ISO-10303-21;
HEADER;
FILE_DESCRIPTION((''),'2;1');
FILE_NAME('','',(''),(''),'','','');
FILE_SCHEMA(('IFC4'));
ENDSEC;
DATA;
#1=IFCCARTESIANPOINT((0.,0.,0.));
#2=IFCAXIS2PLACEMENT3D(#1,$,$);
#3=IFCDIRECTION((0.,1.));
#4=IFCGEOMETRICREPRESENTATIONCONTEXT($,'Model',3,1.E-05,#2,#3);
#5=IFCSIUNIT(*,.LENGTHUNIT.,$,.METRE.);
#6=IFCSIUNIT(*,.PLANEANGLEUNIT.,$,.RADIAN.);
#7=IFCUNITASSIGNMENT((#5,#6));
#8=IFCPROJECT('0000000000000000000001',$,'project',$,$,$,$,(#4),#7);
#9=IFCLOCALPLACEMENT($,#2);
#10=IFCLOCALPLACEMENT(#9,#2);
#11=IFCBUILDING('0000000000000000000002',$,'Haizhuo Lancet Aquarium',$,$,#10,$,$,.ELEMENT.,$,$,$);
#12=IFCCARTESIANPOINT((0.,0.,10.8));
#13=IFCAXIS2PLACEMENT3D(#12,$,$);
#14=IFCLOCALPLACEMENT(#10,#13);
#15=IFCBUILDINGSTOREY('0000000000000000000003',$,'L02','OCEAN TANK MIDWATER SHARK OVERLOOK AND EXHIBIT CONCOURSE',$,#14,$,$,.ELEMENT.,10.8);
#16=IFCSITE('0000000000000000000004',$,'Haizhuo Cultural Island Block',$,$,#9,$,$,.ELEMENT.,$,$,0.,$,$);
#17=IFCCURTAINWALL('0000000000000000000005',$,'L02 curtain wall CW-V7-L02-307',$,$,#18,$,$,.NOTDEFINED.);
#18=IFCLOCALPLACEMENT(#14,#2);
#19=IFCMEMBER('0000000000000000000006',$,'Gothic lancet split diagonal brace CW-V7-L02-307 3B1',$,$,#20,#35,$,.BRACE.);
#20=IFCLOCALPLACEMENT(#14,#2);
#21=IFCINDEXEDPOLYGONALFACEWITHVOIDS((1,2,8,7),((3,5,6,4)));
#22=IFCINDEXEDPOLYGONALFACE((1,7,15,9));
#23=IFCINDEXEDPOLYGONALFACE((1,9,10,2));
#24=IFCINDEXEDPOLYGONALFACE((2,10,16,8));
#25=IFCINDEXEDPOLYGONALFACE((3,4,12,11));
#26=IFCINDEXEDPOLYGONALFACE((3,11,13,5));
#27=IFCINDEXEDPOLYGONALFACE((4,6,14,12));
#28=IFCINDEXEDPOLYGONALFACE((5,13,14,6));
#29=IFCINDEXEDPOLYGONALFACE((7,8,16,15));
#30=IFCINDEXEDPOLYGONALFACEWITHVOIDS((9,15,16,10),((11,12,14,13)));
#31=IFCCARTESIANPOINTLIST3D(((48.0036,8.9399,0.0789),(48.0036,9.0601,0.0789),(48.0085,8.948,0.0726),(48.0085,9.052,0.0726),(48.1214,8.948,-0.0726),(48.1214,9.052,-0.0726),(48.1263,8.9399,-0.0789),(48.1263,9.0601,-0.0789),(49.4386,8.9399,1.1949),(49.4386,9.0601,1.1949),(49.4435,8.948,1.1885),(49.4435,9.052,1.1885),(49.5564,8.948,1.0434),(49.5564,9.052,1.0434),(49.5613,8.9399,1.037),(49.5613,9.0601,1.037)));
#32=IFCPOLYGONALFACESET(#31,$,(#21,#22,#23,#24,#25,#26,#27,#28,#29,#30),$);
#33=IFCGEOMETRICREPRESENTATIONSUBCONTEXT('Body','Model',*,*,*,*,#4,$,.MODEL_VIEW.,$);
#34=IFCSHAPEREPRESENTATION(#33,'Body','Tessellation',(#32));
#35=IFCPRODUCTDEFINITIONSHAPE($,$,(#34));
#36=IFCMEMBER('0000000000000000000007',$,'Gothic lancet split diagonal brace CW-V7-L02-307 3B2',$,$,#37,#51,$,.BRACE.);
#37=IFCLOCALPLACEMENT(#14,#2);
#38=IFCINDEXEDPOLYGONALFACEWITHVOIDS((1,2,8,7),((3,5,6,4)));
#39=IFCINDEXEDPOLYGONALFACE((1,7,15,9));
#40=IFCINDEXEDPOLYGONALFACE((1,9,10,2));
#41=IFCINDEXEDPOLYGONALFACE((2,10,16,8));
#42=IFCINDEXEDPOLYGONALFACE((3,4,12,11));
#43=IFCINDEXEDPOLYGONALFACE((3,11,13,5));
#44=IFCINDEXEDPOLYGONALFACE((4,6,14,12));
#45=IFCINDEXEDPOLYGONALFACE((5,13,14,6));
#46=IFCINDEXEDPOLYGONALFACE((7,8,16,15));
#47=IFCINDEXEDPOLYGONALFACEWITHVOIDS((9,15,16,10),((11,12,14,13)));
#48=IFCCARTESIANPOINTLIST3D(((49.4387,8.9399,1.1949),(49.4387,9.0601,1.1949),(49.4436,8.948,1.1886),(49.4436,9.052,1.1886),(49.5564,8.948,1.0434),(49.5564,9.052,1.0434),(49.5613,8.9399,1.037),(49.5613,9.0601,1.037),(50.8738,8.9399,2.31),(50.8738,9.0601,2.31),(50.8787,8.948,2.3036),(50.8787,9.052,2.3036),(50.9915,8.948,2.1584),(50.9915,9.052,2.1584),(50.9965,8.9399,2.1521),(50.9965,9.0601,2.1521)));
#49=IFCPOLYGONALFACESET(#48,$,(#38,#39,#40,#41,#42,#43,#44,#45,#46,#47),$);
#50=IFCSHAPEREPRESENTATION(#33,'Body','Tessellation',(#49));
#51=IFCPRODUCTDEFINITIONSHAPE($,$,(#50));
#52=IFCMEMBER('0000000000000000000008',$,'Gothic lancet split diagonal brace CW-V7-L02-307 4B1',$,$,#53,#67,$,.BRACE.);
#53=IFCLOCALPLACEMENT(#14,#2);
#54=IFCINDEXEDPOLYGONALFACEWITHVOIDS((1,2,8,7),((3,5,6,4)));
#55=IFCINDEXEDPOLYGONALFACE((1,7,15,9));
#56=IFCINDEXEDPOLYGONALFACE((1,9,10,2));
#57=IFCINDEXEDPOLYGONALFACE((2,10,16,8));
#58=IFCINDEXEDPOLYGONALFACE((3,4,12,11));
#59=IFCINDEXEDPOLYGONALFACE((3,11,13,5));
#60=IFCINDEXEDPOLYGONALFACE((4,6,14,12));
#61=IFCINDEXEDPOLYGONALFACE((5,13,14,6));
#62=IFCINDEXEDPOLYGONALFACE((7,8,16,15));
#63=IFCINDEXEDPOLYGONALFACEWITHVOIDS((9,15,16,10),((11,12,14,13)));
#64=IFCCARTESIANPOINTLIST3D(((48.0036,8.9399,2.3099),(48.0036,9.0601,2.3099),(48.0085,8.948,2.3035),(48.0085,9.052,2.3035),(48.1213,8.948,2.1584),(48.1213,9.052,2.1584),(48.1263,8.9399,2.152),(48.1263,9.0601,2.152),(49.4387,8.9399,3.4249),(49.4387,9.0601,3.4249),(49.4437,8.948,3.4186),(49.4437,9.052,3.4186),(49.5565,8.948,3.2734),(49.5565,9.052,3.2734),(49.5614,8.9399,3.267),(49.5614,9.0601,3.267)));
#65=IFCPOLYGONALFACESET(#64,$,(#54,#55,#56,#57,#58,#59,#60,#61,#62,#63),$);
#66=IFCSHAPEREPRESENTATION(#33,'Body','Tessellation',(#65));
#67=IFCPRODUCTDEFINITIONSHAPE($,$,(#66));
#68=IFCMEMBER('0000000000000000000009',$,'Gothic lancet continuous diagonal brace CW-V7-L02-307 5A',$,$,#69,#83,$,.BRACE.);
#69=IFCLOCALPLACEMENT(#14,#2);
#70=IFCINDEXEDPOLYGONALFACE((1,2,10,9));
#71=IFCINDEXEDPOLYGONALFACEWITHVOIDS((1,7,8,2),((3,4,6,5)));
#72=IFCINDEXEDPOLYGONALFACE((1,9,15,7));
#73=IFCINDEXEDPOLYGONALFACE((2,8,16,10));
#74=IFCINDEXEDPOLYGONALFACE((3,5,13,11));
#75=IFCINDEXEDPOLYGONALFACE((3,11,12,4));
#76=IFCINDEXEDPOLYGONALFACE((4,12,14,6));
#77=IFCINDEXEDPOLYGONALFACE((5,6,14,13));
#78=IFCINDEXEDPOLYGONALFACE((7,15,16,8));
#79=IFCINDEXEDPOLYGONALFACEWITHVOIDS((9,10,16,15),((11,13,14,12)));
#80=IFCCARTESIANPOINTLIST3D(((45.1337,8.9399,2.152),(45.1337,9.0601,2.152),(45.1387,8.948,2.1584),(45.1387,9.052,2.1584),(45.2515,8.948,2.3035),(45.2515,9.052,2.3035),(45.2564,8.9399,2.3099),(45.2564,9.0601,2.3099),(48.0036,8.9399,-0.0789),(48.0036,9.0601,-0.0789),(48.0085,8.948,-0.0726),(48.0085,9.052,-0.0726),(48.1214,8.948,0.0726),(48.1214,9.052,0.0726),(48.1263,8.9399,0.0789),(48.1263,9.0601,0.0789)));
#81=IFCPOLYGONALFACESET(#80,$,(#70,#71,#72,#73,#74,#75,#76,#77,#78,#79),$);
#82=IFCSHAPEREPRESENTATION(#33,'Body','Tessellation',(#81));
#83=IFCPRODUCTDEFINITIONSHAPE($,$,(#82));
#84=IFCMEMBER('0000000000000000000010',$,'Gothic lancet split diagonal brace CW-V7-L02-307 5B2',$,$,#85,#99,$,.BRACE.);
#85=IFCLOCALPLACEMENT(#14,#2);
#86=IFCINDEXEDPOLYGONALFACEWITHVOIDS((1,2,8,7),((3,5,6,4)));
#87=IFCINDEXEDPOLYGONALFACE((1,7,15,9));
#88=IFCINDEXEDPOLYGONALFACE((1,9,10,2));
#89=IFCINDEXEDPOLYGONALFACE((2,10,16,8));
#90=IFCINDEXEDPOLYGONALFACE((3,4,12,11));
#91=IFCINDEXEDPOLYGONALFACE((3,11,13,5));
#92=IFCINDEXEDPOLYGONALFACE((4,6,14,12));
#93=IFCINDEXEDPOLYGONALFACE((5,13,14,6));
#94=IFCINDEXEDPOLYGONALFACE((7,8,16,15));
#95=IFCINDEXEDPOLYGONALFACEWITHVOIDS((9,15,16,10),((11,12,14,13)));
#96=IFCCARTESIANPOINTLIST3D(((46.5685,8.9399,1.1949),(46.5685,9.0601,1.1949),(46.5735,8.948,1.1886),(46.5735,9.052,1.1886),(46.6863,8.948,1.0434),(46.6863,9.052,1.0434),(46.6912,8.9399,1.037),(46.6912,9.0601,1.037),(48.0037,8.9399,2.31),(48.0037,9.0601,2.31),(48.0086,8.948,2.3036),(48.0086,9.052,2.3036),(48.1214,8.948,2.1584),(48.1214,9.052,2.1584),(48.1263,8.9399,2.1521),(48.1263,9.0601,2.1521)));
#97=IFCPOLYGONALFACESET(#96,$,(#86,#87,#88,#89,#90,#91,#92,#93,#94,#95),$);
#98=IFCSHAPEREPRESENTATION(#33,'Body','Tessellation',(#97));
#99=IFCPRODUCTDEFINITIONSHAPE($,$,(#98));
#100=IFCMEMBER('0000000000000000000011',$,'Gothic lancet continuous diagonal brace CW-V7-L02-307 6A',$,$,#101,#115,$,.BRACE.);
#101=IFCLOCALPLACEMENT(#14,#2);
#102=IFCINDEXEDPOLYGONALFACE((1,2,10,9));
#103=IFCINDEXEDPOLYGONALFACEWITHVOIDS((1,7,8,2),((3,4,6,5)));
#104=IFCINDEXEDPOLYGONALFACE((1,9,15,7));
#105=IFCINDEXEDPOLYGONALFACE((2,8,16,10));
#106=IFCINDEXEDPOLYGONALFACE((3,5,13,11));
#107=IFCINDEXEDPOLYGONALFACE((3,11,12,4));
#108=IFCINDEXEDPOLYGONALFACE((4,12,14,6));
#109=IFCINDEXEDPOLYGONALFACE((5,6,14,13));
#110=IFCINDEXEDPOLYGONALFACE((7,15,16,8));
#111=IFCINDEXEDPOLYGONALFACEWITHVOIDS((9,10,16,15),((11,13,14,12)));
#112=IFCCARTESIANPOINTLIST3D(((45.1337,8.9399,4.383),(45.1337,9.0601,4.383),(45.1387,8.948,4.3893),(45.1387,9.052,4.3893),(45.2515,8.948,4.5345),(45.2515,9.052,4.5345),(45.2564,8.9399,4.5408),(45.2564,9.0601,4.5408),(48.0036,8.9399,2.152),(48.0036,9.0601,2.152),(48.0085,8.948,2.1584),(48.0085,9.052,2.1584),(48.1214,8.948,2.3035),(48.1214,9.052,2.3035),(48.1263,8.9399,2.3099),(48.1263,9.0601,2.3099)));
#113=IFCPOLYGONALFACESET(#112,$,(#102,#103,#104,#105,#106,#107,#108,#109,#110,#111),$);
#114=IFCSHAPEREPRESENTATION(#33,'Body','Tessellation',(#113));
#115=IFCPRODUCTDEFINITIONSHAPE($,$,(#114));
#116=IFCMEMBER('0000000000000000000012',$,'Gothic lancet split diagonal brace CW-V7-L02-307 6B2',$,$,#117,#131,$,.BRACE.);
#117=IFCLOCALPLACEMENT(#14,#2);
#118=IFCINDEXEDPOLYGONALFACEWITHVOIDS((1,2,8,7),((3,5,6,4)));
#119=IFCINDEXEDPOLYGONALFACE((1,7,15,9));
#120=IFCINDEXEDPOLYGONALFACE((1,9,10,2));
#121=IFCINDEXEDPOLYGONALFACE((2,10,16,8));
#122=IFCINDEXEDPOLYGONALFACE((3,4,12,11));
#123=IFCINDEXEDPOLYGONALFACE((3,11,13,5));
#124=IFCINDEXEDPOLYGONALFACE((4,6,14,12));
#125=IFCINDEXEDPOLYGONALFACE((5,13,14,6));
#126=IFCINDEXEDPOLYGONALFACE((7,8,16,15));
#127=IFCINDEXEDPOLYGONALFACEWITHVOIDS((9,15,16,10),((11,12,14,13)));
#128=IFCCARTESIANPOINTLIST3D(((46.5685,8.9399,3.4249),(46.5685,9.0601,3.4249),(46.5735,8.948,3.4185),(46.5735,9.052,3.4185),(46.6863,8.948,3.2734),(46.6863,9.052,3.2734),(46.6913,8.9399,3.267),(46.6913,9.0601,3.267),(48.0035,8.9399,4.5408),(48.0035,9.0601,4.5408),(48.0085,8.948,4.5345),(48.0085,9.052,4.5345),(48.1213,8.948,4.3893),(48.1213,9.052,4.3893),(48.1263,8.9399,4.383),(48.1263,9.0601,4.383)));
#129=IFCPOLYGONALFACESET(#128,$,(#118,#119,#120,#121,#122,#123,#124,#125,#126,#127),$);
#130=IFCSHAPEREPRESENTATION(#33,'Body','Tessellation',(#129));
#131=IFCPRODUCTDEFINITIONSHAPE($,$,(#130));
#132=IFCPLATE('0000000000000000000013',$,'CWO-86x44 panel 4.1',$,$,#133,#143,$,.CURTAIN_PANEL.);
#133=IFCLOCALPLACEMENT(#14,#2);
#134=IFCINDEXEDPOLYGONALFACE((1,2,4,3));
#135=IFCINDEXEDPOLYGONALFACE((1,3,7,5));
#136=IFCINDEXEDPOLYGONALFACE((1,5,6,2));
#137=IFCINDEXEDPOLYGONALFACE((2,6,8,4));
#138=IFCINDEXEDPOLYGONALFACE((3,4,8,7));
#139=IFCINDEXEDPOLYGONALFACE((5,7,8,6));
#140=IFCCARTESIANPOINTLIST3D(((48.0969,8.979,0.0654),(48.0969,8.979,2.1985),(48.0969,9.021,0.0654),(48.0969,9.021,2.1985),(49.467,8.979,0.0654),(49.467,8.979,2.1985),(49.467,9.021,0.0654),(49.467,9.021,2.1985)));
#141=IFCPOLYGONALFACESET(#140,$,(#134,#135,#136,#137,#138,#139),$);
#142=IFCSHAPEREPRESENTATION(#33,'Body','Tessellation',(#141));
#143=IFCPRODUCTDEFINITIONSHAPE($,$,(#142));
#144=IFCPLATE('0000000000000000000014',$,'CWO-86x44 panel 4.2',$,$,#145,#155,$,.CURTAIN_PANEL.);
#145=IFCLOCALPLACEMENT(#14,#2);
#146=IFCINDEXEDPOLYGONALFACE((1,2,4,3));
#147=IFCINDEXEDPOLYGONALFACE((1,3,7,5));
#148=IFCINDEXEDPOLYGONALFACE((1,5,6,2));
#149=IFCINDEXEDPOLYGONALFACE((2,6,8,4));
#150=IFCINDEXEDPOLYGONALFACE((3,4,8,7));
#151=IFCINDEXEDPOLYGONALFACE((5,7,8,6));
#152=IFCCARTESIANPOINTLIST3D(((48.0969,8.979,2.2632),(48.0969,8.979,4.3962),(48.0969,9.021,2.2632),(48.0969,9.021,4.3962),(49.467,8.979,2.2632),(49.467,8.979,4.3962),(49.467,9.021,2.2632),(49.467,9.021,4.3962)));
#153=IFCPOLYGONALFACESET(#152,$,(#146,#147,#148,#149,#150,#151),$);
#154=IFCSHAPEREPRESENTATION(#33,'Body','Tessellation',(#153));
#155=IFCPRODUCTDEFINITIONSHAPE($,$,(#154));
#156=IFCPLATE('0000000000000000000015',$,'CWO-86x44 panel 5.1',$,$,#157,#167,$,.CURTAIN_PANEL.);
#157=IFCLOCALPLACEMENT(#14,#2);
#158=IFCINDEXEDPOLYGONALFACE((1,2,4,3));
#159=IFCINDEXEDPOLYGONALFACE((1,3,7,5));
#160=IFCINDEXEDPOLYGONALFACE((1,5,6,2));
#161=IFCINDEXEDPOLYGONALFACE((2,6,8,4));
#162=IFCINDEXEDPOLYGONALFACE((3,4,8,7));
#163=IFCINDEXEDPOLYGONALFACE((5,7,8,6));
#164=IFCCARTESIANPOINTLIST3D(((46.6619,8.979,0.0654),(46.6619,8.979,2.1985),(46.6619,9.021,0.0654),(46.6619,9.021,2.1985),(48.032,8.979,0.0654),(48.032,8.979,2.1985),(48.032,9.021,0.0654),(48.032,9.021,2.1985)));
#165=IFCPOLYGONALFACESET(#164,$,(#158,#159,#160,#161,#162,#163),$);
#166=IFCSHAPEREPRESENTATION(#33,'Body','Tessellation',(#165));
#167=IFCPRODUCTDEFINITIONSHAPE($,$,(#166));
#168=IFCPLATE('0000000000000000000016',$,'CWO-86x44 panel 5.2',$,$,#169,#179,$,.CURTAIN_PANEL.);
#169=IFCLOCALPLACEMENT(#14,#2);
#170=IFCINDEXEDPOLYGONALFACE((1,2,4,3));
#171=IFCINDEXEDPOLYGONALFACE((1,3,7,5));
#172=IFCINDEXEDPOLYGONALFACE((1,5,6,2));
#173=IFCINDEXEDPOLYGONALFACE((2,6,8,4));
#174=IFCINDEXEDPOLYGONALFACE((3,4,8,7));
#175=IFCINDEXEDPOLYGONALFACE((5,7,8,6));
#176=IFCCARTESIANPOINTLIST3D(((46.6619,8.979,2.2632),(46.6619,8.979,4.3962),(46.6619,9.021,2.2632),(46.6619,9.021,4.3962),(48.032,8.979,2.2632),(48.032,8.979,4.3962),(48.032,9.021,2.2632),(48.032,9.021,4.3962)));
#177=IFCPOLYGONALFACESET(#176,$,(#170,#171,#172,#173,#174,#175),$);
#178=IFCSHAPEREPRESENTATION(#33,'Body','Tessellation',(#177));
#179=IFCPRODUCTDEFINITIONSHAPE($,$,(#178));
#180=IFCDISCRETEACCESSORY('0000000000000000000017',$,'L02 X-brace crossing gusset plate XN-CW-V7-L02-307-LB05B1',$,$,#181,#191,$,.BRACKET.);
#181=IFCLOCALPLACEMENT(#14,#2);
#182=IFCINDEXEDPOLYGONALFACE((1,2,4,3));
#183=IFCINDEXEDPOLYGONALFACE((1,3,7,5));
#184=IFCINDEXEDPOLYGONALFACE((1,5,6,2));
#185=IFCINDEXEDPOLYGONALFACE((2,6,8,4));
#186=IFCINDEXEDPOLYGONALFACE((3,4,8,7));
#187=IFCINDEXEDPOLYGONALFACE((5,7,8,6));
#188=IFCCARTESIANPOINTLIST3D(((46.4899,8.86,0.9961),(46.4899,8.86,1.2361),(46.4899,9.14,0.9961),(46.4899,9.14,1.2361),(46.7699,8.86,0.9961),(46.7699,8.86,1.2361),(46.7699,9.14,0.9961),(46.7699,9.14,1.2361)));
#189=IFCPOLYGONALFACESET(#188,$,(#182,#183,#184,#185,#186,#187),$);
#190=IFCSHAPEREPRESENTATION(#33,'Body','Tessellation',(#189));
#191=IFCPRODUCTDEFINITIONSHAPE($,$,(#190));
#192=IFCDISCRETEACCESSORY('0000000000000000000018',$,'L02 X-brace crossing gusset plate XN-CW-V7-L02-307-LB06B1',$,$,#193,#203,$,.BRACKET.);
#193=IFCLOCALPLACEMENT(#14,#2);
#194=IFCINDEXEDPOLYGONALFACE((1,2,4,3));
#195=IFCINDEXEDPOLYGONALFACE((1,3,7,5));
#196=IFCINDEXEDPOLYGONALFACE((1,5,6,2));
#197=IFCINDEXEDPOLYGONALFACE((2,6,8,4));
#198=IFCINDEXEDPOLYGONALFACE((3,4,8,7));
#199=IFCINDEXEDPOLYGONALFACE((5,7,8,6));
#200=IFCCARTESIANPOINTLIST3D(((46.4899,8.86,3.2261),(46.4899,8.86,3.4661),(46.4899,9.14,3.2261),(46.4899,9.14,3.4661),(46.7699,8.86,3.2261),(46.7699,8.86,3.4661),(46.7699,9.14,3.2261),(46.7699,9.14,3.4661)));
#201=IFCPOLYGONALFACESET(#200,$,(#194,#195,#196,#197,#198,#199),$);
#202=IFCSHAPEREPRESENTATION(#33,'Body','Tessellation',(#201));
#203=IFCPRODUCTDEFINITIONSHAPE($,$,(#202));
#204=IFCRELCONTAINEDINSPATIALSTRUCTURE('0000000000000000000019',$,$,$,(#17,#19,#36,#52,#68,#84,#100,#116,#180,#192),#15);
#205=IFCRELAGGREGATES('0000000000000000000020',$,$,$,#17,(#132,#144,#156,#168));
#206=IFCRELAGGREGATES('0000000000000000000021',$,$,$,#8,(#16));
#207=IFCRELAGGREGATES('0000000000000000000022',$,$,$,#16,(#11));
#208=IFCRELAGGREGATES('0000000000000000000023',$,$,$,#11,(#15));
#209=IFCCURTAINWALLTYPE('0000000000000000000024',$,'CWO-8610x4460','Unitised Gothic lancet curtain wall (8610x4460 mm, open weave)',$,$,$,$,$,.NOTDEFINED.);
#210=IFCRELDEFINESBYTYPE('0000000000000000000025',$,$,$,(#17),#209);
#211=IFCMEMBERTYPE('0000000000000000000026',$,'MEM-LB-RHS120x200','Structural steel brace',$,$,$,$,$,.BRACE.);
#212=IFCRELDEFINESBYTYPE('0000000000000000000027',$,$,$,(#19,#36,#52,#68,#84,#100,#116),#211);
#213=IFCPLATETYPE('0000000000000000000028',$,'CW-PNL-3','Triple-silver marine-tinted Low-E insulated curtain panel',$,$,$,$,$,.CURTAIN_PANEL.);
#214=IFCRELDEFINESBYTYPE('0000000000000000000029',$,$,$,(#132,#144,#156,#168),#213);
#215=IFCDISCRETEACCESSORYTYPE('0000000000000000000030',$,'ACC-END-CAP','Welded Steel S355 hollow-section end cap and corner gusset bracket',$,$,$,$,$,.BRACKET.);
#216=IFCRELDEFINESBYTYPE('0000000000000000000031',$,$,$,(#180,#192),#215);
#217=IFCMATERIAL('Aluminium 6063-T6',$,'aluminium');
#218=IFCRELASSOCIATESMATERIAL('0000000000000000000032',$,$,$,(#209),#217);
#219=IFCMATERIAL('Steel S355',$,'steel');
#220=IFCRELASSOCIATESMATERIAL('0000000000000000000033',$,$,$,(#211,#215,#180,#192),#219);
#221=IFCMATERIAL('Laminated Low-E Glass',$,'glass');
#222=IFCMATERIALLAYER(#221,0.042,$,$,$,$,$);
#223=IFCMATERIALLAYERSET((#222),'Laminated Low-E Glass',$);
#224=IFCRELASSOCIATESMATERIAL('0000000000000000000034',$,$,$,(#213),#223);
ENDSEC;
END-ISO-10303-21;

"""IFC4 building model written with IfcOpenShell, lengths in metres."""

from ifc_helpers import new_model, si_unit, direction, frame, origin, origin_2d, place, context, subcontext, project, spatial, rectangle, hollow_rectangle, extrude, material, layer, layer_set, material_profile, profile_set, type_object, element, aggregate, save


model = new_model("IFC4")

# Units and contexts
model_context = context("Model", 3, precision=1e-05, world=origin(), true_north=direction((0.0, 1.0)))
body_context = subcontext(model_context, "Body", "Model", "MODEL_VIEW")
ifc_project = project(units=[si_unit("LENGTHUNIT", "METRE"), si_unit("PLANEANGLEUNIT", "RADIAN")], contexts=[model_context])

# Site, building, storey
site_placement = place(None, origin())
site = spatial("IfcSite", under=ifc_project, at=site_placement, Name="Haizhuo Cultural Island Block", CompositionType="ELEMENT", RefElevation=0.0)
building_placement = place(site_placement, origin())
building = spatial("IfcBuilding", under=site, at=building_placement, Name="Haizhuo Lancet Aquarium", CompositionType="ELEMENT")
storey_placement = place(building_placement, frame((0.0, 0.0, 10.8)))
storey = spatial("IfcBuildingStorey", under=building, at=storey_placement, Name="L02", Description="OCEAN TANK MIDWATER SHARK OVERLOOK AND EXHIBIT CONCOURSE", CompositionType="ELEMENT", Elevation=10.8)

# Curtain wall
ifc_material_1 = material(Name="Aluminium 6063-T6", Category="aluminium")
curtain_wall_type = type_object("IfcCurtainWallType", Name="CWO-8610x4460", Description="Unitised Gothic lancet curtain wall (8610x4460 mm, open weave)", PredefinedType="NOTDEFINED", material=ifc_material_1)
curtain_wall_placement = place(storey_placement, origin())
curtain_wall = element("IfcCurtainWall", 1, at=curtain_wall_placement, inside=storey, type_object=curtain_wall_type, Name="L02 curtain wall CW-V7-L02-307", PredefinedType="NOTDEFINED")

# Members
ifc_material_2 = material(Name="Steel S355", Category="steel")
ifc_material_profile_1 = material_profile(ifc_material_2, hollow_rectangle(XDim=0.1201, YDim=0.2, WallThickness=0.0081, at=origin_2d()), Name="RHS 120x200x8")
ifc_profile_set_1 = profile_set([ifc_material_profile_1], Name="Steel S355")
member_type_1 = type_object("IfcMemberType", Name="MEM-LB-RHS120x200", Description="Structural steel brace", PredefinedType="BRACE", material=ifc_profile_set_1)
member_1_placement = place(storey_placement, frame((48.0649, 9.0, 0.0), z_axis=(0.789403, 0.0, 0.613876), x_axis=(0.0, 1.0, 0.0)))
element("IfcMember", 2, at=member_1_placement, inside=storey, type_object=member_type_1, Name="Gothic lancet split diagonal brace CW-V7-L02-307 3B1", PredefinedType="BRACE", context=body_context, shape_type="SweptSolid", body=[
    extrude(hollow_rectangle(XDim=0.1201, YDim=0.2, WallThickness=0.0081, at=origin_2d()), origin(), (0.0, 0.0, 1.0), 1.8179),
])
for number, where, z_axis, x_axis, name in (
    (3, (49.5, 9.0, 1.116), (0.789663, 0.0, 0.613541), (0.0, 1.0, 0.0), "Gothic lancet split diagonal brace CW-V7-L02-307 3B2"),
    (4, (48.0649, 9.0, 2.231), (0.789663, 0.0, 0.613541), (0.0, 1.0, 0.0), "Gothic lancet split diagonal brace CW-V7-L02-307 4B1"),
):
    element("IfcMember", number, at=place(storey_placement, frame(where, z_axis=z_axis, x_axis=x_axis)), inside=storey, type_object=member_type_1, Name=name, PredefinedType="BRACE", context=body_context, shape_type="SweptSolid", body=[
        extrude(hollow_rectangle(XDim=0.1201, YDim=0.2, WallThickness=0.0081, at=origin_2d()), origin(), (0.0, 0.0, 1.0), 1.8174),
    ])
member_2_placement = place(storey_placement, frame((48.0649, 9.0, 0.0), z_axis=(-0.789508, 0.0, 0.613741), x_axis=(0.0, -1.0, 0.0)))
element("IfcMember", 5, at=member_2_placement, inside=storey, type_object=member_type_1, Name="Gothic lancet continuous diagonal brace CW-V7-L02-307 5A", PredefinedType="BRACE", context=body_context, shape_type="SweptSolid", body=[
    extrude(hollow_rectangle(XDim=0.1201, YDim=0.2, WallThickness=0.0081, at=origin_2d()), origin(), (0.0, 0.0, 1.0), 3.635),
])
member_3_placement = place(storey_placement, frame((46.6299, 9.0, 1.116), z_axis=(0.789663, 0.0, 0.613541), x_axis=(0.0, 1.0, 0.0)))
element("IfcMember", 6, at=member_3_placement, inside=storey, type_object=member_type_1, Name="Gothic lancet split diagonal brace CW-V7-L02-307 5B2", PredefinedType="BRACE", context=body_context, shape_type="SweptSolid", body=[
    extrude(hollow_rectangle(XDim=0.1201, YDim=0.2, WallThickness=0.0081, at=origin_2d()), origin(), (0.0, 0.0, 1.0), 1.8174),
])
member_4_placement = place(storey_placement, frame((48.0649, 9.0, 2.231), z_axis=(-0.789508, 0.0, 0.613741), x_axis=(0.0, -1.0, 0.0)))
element("IfcMember", 7, at=member_4_placement, inside=storey, type_object=member_type_1, Name="Gothic lancet continuous diagonal brace CW-V7-L02-307 6A", PredefinedType="BRACE", context=body_context, shape_type="SweptSolid", body=[
    extrude(hollow_rectangle(XDim=0.1201, YDim=0.2, WallThickness=0.0081, at=origin_2d()), origin(), (0.0, 0.0, 1.0), 3.635),
])
member_5_placement = place(storey_placement, frame((46.6299, 9.0, 3.3459), z_axis=(0.789403, 0.0, 0.613876), x_axis=(0.0, 1.0, 0.0)))
element("IfcMember", 8, at=member_5_placement, inside=storey, type_object=member_type_1, Name="Gothic lancet split diagonal brace CW-V7-L02-307 6B2", PredefinedType="BRACE", context=body_context, shape_type="SweptSolid", body=[
    extrude(hollow_rectangle(XDim=0.1201, YDim=0.2, WallThickness=0.0081, at=origin_2d()), origin(), (0.0, 0.0, 1.0), 1.8179),
])

# Plates
ifc_material_3 = material(Name="Laminated Low-E Glass", Category="glass")
ifc_layer = layer(ifc_material_3, 0.042)
ifc_layer_set = layer_set([ifc_layer], Name="Laminated Low-E Glass")
plate_type = type_object("IfcPlateType", Name="CW-PNL-3", Description="Triple-silver marine-tinted Low-E insulated curtain panel", PredefinedType="CURTAIN_PANEL", material=ifc_layer_set)
plate_1_placement = place(storey_placement, frame((48.782, 9.0, 0.0654), z_axis=(0.0, 0.0, 1.0), x_axis=(-1.0, 0.0, 0.0)))
plate_1 = element("IfcPlate", 9, at=plate_1_placement, type_object=plate_type, Name="CWO-86x44 panel 4.1", PredefinedType="CURTAIN_PANEL", context=body_context, shape_type="SweptSolid", body=[
    extrude(rectangle(XDim=1.3701, YDim=0.042, at=origin_2d()), origin(), (0.0, 0.0, 1.0), 2.1331),
])
plate_2_placement = place(storey_placement, frame((48.782, 9.0, 2.2632), z_axis=(0.0, 0.0, 1.0), x_axis=(-1.0, 0.0, 0.0)))
plate_2 = element("IfcPlate", 10, at=plate_2_placement, type_object=plate_type, Name="CWO-86x44 panel 4.2", PredefinedType="CURTAIN_PANEL", context=body_context, shape_type="SweptSolid", body=[
    extrude(rectangle(XDim=1.3701, YDim=0.042, at=origin_2d()), origin(), (0.0, 0.0, 1.0), 2.1331),
])
plate_3_placement = place(storey_placement, frame((47.3469, 9.0, 0.0654), z_axis=(0.0, 0.0, 1.0), x_axis=(-1.0, 0.0, 0.0)))
plate_3 = element("IfcPlate", 11, at=plate_3_placement, type_object=plate_type, Name="CWO-86x44 panel 5.1", PredefinedType="CURTAIN_PANEL", context=body_context, shape_type="SweptSolid", body=[
    extrude(rectangle(XDim=1.3701, YDim=0.042, at=origin_2d()), origin(), (0.0, 0.0, 1.0), 2.1331),
])
plate_4_placement = place(storey_placement, frame((47.3469, 9.0, 2.2632), z_axis=(0.0, 0.0, 1.0), x_axis=(-1.0, 0.0, 0.0)))
plate_4 = element("IfcPlate", 12, at=plate_4_placement, type_object=plate_type, Name="CWO-86x44 panel 5.2", PredefinedType="CURTAIN_PANEL", context=body_context, shape_type="SweptSolid", body=[
    extrude(rectangle(XDim=1.3701, YDim=0.042, at=origin_2d()), origin(), (0.0, 0.0, 1.0), 2.1331),
])
aggregate(curtain_wall, [plate_1, plate_2, plate_3, plate_4])

# Discrete accessories
discrete_accessory_type = type_object("IfcDiscreteAccessoryType", Name="ACC-END-CAP", Description="Welded Steel S355 hollow-section end cap and corner gusset bracket", PredefinedType="BRACKET", material=ifc_material_2)
for number, where, z_axis, x_axis, name in (
    (13, (46.6299, 9.0, 0.9961), (0.0, 0.0, 1.0), (1.0, 0.0, 0.0), "L02 X-brace crossing gusset plate XN-CW-V7-L02-307-LB05B1"),
    (14, (46.6299, 9.0, 3.2261), (0.0, 0.0, 1.0), (1.0, 0.0, 0.0), "L02 X-brace crossing gusset plate XN-CW-V7-L02-307-LB06B1"),
):
    element("IfcDiscreteAccessory", number, at=place(storey_placement, frame(where, z_axis=z_axis, x_axis=x_axis)), inside=storey, type_object=discrete_accessory_type, material=ifc_material_2, Name=name, PredefinedType="BRACKET", context=body_context, shape_type="SweptSolid", body=[
        extrude(rectangle(XDim=0.28, YDim=0.28, at=origin_2d()), origin(), (0.0, 0.0, 1.0), 0.24),
    ])

save(model, "model.ifc")
